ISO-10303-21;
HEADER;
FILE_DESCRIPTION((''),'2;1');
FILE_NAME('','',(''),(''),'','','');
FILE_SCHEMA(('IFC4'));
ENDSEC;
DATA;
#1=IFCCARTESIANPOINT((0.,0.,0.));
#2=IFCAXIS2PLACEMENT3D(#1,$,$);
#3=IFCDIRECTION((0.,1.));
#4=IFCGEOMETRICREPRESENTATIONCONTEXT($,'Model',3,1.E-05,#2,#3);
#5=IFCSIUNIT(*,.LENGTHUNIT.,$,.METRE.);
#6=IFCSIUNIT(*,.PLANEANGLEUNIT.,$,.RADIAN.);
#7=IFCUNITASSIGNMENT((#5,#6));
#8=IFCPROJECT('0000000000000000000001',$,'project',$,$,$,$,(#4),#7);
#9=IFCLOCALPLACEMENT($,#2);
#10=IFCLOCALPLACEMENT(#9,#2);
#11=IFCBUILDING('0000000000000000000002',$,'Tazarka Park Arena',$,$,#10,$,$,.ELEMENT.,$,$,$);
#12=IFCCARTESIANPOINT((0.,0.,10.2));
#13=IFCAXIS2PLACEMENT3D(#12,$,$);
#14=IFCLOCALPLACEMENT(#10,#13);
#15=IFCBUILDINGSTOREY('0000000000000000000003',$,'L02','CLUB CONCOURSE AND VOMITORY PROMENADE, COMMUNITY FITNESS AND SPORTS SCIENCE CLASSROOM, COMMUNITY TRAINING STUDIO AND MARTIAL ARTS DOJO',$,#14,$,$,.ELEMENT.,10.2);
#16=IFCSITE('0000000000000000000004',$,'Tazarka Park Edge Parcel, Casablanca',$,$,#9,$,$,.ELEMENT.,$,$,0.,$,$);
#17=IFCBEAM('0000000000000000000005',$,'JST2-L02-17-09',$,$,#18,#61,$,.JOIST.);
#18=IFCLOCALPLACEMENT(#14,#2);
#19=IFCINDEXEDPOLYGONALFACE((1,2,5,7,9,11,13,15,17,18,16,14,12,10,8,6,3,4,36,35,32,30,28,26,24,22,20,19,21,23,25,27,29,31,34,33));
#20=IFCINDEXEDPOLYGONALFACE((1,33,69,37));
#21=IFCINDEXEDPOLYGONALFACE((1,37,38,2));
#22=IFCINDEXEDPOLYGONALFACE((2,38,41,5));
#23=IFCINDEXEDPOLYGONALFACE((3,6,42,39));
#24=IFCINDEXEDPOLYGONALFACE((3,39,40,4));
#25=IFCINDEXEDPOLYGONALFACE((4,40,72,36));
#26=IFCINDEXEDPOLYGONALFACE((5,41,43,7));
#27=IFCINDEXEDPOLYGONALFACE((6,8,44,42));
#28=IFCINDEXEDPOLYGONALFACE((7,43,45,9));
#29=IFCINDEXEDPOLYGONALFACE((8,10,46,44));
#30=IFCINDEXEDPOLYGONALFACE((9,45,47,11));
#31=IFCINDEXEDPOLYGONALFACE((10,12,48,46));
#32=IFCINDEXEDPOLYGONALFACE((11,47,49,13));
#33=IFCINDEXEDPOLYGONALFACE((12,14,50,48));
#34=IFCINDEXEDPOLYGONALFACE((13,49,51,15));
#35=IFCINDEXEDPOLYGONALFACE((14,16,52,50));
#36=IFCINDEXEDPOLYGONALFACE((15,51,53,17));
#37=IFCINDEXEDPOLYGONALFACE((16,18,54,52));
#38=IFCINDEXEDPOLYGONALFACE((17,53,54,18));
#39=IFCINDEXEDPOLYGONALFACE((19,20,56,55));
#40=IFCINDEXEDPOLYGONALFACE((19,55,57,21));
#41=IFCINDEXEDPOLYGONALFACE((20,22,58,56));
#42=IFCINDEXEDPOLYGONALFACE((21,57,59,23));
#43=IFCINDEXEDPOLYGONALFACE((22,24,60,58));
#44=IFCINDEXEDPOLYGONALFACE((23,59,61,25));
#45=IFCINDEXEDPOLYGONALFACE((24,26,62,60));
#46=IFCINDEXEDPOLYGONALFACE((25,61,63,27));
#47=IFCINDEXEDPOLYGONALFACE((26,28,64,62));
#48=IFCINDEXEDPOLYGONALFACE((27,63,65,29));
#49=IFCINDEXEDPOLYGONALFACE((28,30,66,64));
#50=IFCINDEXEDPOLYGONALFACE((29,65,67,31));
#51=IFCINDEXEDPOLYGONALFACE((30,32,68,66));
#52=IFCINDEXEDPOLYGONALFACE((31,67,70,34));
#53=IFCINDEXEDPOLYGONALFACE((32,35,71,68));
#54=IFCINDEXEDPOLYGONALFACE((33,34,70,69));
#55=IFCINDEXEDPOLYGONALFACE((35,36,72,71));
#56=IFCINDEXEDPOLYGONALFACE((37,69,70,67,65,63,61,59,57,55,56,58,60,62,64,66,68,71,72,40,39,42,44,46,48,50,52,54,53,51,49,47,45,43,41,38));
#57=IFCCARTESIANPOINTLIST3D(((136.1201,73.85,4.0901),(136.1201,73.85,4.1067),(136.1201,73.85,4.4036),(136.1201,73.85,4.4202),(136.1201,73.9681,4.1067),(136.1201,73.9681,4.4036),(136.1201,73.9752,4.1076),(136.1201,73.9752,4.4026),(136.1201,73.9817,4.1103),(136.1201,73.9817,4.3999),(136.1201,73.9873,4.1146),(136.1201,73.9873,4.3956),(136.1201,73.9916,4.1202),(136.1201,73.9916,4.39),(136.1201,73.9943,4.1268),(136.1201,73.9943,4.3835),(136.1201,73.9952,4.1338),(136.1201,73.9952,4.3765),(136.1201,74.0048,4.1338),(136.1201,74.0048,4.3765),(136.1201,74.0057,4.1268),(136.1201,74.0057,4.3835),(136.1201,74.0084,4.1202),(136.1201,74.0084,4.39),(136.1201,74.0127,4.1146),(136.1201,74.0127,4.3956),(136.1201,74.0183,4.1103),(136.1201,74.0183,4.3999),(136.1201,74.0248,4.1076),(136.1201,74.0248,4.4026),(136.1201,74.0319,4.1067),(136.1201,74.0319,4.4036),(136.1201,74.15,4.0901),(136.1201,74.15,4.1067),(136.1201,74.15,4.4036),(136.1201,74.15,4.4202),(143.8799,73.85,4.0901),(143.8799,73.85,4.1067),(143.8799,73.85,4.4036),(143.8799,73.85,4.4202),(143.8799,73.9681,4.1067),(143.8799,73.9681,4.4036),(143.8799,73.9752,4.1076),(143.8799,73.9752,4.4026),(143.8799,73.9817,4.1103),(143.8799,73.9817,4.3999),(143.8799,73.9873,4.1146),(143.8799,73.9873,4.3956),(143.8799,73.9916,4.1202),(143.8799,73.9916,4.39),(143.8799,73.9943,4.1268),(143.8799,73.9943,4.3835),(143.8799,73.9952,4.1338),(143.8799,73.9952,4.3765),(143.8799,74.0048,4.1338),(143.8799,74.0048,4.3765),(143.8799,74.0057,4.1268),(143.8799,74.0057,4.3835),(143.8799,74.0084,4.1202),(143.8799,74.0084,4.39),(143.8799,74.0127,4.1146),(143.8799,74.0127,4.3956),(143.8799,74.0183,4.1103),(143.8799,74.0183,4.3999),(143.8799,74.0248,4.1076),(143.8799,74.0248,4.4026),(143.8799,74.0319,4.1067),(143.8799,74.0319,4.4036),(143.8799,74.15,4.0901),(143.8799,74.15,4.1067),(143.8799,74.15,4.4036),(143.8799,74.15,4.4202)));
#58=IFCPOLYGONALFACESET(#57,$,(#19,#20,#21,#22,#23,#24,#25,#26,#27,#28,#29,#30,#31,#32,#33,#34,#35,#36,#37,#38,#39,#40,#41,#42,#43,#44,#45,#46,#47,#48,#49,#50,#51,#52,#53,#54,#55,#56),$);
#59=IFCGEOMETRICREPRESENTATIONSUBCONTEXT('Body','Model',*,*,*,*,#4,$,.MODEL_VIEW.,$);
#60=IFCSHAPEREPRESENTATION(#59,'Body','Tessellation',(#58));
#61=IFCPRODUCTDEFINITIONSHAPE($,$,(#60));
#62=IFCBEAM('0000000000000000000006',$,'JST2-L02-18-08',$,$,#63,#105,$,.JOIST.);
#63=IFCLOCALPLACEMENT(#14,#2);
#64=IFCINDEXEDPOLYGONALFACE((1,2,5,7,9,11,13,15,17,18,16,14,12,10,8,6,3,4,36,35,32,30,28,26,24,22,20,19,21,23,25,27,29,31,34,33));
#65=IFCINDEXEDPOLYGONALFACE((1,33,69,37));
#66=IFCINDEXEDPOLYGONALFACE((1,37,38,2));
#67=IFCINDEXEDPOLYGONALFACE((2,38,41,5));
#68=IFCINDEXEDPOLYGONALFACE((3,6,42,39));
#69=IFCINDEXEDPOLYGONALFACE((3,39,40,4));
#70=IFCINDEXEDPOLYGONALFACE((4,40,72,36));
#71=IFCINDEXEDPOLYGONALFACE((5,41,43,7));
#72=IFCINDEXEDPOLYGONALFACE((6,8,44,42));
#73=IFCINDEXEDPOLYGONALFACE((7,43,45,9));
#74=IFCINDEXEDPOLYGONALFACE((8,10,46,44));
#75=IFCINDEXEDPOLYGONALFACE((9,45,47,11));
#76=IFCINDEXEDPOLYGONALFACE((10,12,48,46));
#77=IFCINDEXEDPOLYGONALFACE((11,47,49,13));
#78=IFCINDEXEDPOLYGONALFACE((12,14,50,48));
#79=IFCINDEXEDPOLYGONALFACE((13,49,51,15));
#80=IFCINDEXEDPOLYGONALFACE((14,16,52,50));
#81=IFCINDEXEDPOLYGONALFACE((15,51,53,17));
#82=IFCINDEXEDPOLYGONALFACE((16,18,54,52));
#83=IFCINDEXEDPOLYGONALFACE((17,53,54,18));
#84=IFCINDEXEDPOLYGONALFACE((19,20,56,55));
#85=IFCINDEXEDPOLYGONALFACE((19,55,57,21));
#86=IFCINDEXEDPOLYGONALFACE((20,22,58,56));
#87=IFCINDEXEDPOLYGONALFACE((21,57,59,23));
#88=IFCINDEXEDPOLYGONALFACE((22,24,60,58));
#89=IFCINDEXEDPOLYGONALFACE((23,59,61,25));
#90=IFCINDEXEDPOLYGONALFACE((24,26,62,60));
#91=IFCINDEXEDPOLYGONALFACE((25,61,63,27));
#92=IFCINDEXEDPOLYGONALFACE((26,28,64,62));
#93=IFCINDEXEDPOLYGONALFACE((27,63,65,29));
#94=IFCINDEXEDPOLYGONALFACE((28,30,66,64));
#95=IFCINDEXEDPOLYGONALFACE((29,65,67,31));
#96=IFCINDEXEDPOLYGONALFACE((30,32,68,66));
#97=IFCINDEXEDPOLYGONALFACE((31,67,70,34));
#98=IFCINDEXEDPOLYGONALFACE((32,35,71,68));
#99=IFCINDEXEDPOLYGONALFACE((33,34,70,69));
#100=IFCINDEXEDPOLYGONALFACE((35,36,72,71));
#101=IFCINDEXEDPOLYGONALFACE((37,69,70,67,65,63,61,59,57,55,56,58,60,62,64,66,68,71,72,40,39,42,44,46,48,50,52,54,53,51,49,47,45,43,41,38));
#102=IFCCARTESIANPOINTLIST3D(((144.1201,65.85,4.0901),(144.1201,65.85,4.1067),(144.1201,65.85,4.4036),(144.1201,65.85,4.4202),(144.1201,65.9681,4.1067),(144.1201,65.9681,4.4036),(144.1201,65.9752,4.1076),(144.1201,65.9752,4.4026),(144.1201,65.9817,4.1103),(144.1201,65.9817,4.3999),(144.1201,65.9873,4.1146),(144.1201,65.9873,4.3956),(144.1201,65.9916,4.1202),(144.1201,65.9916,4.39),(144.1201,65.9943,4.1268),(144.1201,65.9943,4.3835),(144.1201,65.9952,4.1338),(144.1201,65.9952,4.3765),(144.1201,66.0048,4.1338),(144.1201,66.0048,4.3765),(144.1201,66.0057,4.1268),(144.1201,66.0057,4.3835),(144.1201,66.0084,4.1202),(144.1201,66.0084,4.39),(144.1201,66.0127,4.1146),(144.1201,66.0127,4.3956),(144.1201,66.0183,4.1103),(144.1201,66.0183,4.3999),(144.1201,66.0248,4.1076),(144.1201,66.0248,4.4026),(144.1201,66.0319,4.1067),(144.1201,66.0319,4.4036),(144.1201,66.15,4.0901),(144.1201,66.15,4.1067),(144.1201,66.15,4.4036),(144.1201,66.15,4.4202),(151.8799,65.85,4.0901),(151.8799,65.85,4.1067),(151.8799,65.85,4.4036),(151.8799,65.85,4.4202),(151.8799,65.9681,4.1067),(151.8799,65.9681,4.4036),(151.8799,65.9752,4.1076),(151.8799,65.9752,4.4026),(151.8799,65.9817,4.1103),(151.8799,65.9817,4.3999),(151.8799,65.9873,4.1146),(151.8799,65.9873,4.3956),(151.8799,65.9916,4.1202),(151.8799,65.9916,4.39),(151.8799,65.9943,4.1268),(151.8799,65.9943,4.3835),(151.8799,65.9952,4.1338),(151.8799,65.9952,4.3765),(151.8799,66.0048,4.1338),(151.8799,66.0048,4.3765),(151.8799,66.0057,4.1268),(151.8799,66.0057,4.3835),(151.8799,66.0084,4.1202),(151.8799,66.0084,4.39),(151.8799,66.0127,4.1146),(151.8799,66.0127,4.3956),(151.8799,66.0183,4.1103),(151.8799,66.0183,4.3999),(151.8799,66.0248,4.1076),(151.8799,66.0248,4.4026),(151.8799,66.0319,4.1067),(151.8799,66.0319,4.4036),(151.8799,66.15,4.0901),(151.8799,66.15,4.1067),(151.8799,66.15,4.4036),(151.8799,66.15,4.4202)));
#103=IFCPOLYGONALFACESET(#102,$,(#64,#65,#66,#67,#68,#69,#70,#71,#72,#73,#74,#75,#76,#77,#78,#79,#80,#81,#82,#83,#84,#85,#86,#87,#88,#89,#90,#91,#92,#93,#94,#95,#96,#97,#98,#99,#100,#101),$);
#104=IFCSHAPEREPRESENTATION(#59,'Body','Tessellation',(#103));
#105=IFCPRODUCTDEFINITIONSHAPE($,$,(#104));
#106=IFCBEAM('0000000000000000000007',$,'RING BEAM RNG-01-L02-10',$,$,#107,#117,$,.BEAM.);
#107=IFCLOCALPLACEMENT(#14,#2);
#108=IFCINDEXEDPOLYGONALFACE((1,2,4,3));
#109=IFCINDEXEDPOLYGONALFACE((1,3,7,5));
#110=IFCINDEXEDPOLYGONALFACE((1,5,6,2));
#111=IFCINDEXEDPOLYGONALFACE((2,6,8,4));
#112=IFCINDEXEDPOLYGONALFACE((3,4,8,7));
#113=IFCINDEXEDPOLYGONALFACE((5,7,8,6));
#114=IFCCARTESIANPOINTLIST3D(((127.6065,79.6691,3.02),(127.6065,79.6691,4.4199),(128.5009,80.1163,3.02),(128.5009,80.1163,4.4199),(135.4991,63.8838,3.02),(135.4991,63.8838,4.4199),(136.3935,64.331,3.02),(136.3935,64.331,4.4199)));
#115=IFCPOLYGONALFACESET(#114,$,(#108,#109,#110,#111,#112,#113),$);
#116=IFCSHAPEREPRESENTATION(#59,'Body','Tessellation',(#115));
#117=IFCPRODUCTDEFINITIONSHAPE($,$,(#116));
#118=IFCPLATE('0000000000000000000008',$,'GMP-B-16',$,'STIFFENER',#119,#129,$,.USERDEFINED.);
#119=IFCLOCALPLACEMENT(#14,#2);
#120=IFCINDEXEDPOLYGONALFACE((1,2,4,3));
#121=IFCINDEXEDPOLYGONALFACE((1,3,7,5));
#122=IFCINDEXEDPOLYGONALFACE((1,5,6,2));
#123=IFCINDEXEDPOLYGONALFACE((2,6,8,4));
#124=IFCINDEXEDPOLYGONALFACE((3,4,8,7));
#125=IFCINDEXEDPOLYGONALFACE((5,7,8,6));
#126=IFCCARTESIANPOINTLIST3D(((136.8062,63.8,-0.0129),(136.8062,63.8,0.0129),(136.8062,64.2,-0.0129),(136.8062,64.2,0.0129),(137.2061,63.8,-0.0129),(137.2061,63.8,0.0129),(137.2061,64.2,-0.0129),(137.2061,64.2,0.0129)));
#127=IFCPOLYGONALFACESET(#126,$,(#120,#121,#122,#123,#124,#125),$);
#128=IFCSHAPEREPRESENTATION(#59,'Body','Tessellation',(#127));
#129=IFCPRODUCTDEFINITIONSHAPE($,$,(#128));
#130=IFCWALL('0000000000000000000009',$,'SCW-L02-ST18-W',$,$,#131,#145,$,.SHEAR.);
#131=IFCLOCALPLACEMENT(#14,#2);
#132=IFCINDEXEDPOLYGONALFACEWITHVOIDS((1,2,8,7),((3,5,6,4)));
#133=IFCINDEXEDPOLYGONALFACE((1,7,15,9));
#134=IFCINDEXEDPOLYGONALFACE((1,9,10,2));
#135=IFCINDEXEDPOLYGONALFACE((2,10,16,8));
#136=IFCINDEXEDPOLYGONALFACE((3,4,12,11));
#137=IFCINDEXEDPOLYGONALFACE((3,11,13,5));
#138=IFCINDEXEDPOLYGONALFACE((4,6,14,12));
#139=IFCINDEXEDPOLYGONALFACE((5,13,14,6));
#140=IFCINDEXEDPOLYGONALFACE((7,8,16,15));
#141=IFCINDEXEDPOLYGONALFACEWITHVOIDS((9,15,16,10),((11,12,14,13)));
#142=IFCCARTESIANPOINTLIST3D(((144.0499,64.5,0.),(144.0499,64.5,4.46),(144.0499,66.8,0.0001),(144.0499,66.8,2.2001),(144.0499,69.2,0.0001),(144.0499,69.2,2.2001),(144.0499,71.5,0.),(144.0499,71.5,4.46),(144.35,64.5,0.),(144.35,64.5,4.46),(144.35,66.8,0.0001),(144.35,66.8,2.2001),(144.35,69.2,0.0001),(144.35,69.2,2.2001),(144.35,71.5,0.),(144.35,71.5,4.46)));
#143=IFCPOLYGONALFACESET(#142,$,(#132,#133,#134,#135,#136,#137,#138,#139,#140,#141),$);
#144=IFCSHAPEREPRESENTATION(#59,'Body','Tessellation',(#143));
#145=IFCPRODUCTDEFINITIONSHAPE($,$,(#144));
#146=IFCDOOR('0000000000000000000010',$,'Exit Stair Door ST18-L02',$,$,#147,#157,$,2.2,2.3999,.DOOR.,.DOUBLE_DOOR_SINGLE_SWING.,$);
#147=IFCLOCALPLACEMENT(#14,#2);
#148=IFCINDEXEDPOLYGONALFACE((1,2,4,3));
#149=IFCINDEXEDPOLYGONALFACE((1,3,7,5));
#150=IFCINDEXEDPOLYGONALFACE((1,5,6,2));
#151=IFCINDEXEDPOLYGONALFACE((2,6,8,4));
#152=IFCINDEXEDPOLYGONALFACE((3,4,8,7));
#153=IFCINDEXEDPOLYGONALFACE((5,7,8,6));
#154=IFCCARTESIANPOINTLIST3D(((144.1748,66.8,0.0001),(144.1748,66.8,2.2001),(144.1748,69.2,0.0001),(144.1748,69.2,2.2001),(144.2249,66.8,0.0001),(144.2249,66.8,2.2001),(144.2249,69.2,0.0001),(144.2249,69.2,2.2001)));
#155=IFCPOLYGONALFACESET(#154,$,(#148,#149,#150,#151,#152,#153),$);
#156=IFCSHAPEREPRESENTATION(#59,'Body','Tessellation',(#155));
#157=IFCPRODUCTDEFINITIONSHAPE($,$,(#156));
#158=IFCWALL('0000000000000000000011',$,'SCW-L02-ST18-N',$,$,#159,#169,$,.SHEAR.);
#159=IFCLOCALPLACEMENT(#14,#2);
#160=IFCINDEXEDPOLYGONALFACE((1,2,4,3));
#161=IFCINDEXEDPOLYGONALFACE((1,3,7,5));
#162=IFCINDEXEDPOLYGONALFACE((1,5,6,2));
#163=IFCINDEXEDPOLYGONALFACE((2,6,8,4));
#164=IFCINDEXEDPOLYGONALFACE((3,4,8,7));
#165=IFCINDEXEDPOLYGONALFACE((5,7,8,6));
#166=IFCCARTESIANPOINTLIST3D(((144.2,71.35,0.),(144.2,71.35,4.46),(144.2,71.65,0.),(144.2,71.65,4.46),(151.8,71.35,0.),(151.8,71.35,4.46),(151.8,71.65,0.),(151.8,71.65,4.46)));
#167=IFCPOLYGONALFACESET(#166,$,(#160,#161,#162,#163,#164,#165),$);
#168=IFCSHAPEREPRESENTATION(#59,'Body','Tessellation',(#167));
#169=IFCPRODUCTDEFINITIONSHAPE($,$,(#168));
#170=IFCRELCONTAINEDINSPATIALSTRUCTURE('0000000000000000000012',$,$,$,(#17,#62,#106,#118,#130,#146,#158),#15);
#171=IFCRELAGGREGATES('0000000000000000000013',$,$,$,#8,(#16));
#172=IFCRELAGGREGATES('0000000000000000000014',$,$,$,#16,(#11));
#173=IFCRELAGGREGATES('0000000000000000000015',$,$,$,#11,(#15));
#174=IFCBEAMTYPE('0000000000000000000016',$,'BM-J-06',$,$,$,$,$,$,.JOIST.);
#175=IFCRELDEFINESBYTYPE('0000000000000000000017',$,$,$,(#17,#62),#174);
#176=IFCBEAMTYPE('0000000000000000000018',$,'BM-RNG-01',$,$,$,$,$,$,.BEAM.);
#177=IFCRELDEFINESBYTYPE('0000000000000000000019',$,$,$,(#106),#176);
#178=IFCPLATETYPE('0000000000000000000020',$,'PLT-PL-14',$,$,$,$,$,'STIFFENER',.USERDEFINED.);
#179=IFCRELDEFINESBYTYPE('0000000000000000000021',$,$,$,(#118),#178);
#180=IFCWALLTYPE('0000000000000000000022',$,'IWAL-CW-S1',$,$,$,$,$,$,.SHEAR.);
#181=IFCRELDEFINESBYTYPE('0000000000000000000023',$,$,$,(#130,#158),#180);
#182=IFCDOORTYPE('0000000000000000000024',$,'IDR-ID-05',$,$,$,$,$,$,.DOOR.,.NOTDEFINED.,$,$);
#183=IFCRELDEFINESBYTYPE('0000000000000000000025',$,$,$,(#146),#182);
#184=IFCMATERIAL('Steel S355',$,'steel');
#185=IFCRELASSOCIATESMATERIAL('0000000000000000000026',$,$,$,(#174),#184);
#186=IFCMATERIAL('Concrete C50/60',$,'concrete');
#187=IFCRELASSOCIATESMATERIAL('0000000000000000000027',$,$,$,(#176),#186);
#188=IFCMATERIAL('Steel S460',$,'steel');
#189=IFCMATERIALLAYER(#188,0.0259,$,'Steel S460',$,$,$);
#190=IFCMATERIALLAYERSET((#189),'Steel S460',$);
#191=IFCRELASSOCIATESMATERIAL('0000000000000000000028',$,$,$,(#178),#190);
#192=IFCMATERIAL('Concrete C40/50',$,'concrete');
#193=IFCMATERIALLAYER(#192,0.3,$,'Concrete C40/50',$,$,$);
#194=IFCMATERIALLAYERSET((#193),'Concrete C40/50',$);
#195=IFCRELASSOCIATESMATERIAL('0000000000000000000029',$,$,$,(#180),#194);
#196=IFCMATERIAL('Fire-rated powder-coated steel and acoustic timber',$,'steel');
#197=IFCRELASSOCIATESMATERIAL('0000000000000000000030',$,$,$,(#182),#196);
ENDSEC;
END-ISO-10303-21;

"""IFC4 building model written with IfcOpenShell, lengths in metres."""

from ifc_helpers import new_model, si_unit, direction, frame, frame_2d, origin, origin_2d, place, context, subcontext, project, spatial, rectangle, i_section, extrude, material, layer, layer_set, material_profile, profile_set, type_object, element, fill, save


model = new_model("IFC4")

# Units and contexts
model_context = context("Model", 3, precision=1e-05, world=origin(), true_north=direction((0.0, 1.0)))
body_context = subcontext(model_context, "Body", "Model", "MODEL_VIEW")
ifc_project = project(units=[si_unit("LENGTHUNIT", "METRE"), si_unit("PLANEANGLEUNIT", "RADIAN")], contexts=[model_context])

# Site, building, storey
site_placement = place(None, origin())
site = spatial("IfcSite", under=ifc_project, at=site_placement, Name="Tazarka Park Edge Parcel, Casablanca", CompositionType="ELEMENT", RefElevation=0.0)
building_placement = place(site_placement, origin())
building = spatial("IfcBuilding", under=site, at=building_placement, Name="Tazarka Park Arena", CompositionType="ELEMENT")
storey_placement = place(building_placement, frame((0.0, 0.0, 10.2)))
storey = spatial("IfcBuildingStorey", under=building, at=storey_placement, Name="L02", Description="CLUB CONCOURSE AND VOMITORY PROMENADE, COMMUNITY FITNESS AND SPORTS SCIENCE CLASSROOM, COMMUNITY TRAINING STUDIO AND MARTIAL ARTS DOJO", CompositionType="ELEMENT", Elevation=10.2)

# Beams
ifc_material_1 = material(Name="Steel S355", Category="steel")
ifc_material_profile_1 = material_profile(ifc_material_1, i_section(OverallWidth=0.3, OverallDepth=0.3301, WebThickness=0.0095, FlangeThickness=0.0166, FilletRadius=0.0271, at=origin_2d()), Name="Steel S355")
ifc_profile_set_1 = profile_set([ifc_material_profile_1], Name="Steel S355")
beam_type_1 = type_object("IfcBeamType", Name="BM-J-06", PredefinedType="JOIST", material=ifc_profile_set_1)
for number, where, z_axis, x_axis, name in (
    (1, (136.1201, 74.0, 4.2551), (1.0, 0.0, 0.0), (0.0, 1.0, 0.0), "JST2-L02-17-09"),
    (2, (144.1201, 66.0, 4.2551), (1.0, 0.0, 0.0), (0.0, 1.0, 0.0), "JST2-L02-18-08"),
):
    element("IfcBeam", number, at=place(storey_placement, frame(where, z_axis=z_axis, x_axis=x_axis)), inside=storey, type_object=beam_type_1, Name=name, PredefinedType="JOIST", context=body_context, shape_type="SweptSolid", body=[
        extrude(i_section(OverallWidth=0.3, OverallDepth=0.3301, WebThickness=0.0095, FlangeThickness=0.0166, FilletRadius=0.0271, at=origin_2d()), origin(), (0.0, 0.0, 1.0), 7.7598),
    ])
ifc_material_2 = material(Name="Concrete C50/60", Category="concrete")
ifc_material_profile_2 = material_profile(ifc_material_2, rectangle(XDim=1.0, YDim=1.3999, at=origin_2d()), Name="Concrete C50/60")
ifc_profile_set_2 = profile_set([ifc_material_profile_2], Name="Concrete C50/60")
beam_type_2 = type_object("IfcBeamType", Name="BM-RNG-01", PredefinedType="BEAM", material=ifc_profile_set_2)
beam_1_placement = place(storey_placement, frame((135.9463, 64.1074, 3.72), z_axis=(-0.447214, 0.894427, 0.0), x_axis=(-0.894427, -0.447214, 0.0)))
element("IfcBeam", 3, at=beam_1_placement, inside=storey, type_object=beam_type_2, Name="RING BEAM RNG-01-L02-10", PredefinedType="BEAM", context=body_context, shape_type="SweptSolid", body=[
    extrude(rectangle(XDim=1.0, YDim=1.3999, at=origin_2d()), origin(), (0.0, 0.0, 1.0), 17.6484),
])

# Plate
ifc_material_3 = material(Name="Steel S460", Category="steel")
ifc_layer_1 = layer(ifc_material_3, 0.0259, Name="Steel S460")
ifc_layer_set_1 = layer_set([ifc_layer_1], Name="Steel S460")
plate_type = type_object("IfcPlateType", Name="PLT-PL-14", ElementType="STIFFENER", PredefinedType="USERDEFINED", material=ifc_layer_set_1)
plate_placement = place(storey_placement, frame((137.0061, 64.0, -0.0129), z_axis=(0.0, 0.0, 1.0), x_axis=(1.0, 0.0, 0.0)))
element("IfcPlate", 4, at=plate_placement, inside=storey, type_object=plate_type, Name="GMP-B-16", ObjectType="STIFFENER", PredefinedType="USERDEFINED", context=body_context, shape_type="SweptSolid", body=[
    extrude(rectangle(XDim=0.3999, YDim=0.3999, at=origin_2d()), origin(), (0.0, 0.0, 1.0), 0.0259),
])

# Wall, opening, door
ifc_material_4 = material(Name="Concrete C40/50", Category="concrete")
ifc_layer_2 = layer(ifc_material_4, 0.3, Name="Concrete C40/50")
ifc_layer_set_2 = layer_set([ifc_layer_2], Name="Concrete C40/50")
wall_type_1 = type_object("IfcWallType", Name="IWAL-CW-S1", PredefinedType="SHEAR", material=ifc_layer_set_2)
wall_1_placement = place(storey_placement, frame((144.2, 64.5, 0.0), z_axis=(0.0, 0.0, 1.0), x_axis=(0.0, 1.0, 0.0)))
wall_1 = element("IfcWall", 5, at=wall_1_placement, inside=storey, type_object=wall_type_1, Name="SCW-L02-ST18-W", PredefinedType="SHEAR", context=body_context, shape_type="SweptSolid", body=[
    extrude(rectangle(XDim=7.0, YDim=0.3, at=frame_2d((3.5, 0.0))), origin(), (0.0, 0.0, 1.0), 4.46),
])
opening_1_placement = place(wall_1_placement, frame((2.3, 0.0, 0.0)))
opening_1 = element("IfcOpeningElement", 6, at=opening_1_placement, cuts=wall_1, PredefinedType="OPENING", context=body_context, shape_type="SweptSolid", body=[
    extrude(rectangle(XDim=2.3999, YDim=2.2, at=frame_2d((1.2, 1.1001))), frame((0.0, 0.1602, 0.0), z_axis=(0.0, -1.0, 0.0), x_axis=(1.0, 0.0, 0.0)), (0.0, 0.0, 1.0), 0.3201),
])
ifc_material_5 = material(Name="Fire-rated powder-coated steel and acoustic timber", Category="steel")
door_type = type_object("IfcDoorType", Name="IDR-ID-05", OperationType="NOTDEFINED", PredefinedType="DOOR", material=ifc_material_5)
door_placement = place(opening_1_placement, frame((2.3999, 0.0, 0.0), z_axis=(0.0, 0.0, 1.0), x_axis=(-1.0, 0.0, 0.0)))
door = element("IfcDoor", 7, at=door_placement, inside=storey, type_object=door_type, Name="Exit Stair Door ST18-L02", OperationType="DOUBLE_DOOR_SINGLE_SWING", OverallHeight=2.2, OverallWidth=2.3999, PredefinedType="DOOR", context=body_context, shape_type="SweptSolid", body=[
    extrude(rectangle(XDim=2.3999, YDim=2.2, at=frame_2d((1.2, 1.1001))), frame((0.0, 0.0249, 0.0), z_axis=(0.0, -1.0, 0.0), x_axis=(1.0, 0.0, 0.0)), (0.0, 0.0, 1.0), 0.05),
])
fill(opening_1, door)

# Wall
wall_2_placement = place(storey_placement, frame((144.2, 71.5, 0.0), z_axis=(0.0, 0.0, 1.0), x_axis=(1.0, 0.0, 0.0)))
element("IfcWall", 8, at=wall_2_placement, inside=storey, type_object=wall_type_1, Name="SCW-L02-ST18-N", PredefinedType="SHEAR", context=body_context, shape_type="SweptSolid", body=[
    extrude(rectangle(XDim=7.6001, YDim=0.3, at=frame_2d((3.8, 0.0))), origin(), (0.0, 0.0, 1.0), 4.46),
])

save(model, "model.ifc")
